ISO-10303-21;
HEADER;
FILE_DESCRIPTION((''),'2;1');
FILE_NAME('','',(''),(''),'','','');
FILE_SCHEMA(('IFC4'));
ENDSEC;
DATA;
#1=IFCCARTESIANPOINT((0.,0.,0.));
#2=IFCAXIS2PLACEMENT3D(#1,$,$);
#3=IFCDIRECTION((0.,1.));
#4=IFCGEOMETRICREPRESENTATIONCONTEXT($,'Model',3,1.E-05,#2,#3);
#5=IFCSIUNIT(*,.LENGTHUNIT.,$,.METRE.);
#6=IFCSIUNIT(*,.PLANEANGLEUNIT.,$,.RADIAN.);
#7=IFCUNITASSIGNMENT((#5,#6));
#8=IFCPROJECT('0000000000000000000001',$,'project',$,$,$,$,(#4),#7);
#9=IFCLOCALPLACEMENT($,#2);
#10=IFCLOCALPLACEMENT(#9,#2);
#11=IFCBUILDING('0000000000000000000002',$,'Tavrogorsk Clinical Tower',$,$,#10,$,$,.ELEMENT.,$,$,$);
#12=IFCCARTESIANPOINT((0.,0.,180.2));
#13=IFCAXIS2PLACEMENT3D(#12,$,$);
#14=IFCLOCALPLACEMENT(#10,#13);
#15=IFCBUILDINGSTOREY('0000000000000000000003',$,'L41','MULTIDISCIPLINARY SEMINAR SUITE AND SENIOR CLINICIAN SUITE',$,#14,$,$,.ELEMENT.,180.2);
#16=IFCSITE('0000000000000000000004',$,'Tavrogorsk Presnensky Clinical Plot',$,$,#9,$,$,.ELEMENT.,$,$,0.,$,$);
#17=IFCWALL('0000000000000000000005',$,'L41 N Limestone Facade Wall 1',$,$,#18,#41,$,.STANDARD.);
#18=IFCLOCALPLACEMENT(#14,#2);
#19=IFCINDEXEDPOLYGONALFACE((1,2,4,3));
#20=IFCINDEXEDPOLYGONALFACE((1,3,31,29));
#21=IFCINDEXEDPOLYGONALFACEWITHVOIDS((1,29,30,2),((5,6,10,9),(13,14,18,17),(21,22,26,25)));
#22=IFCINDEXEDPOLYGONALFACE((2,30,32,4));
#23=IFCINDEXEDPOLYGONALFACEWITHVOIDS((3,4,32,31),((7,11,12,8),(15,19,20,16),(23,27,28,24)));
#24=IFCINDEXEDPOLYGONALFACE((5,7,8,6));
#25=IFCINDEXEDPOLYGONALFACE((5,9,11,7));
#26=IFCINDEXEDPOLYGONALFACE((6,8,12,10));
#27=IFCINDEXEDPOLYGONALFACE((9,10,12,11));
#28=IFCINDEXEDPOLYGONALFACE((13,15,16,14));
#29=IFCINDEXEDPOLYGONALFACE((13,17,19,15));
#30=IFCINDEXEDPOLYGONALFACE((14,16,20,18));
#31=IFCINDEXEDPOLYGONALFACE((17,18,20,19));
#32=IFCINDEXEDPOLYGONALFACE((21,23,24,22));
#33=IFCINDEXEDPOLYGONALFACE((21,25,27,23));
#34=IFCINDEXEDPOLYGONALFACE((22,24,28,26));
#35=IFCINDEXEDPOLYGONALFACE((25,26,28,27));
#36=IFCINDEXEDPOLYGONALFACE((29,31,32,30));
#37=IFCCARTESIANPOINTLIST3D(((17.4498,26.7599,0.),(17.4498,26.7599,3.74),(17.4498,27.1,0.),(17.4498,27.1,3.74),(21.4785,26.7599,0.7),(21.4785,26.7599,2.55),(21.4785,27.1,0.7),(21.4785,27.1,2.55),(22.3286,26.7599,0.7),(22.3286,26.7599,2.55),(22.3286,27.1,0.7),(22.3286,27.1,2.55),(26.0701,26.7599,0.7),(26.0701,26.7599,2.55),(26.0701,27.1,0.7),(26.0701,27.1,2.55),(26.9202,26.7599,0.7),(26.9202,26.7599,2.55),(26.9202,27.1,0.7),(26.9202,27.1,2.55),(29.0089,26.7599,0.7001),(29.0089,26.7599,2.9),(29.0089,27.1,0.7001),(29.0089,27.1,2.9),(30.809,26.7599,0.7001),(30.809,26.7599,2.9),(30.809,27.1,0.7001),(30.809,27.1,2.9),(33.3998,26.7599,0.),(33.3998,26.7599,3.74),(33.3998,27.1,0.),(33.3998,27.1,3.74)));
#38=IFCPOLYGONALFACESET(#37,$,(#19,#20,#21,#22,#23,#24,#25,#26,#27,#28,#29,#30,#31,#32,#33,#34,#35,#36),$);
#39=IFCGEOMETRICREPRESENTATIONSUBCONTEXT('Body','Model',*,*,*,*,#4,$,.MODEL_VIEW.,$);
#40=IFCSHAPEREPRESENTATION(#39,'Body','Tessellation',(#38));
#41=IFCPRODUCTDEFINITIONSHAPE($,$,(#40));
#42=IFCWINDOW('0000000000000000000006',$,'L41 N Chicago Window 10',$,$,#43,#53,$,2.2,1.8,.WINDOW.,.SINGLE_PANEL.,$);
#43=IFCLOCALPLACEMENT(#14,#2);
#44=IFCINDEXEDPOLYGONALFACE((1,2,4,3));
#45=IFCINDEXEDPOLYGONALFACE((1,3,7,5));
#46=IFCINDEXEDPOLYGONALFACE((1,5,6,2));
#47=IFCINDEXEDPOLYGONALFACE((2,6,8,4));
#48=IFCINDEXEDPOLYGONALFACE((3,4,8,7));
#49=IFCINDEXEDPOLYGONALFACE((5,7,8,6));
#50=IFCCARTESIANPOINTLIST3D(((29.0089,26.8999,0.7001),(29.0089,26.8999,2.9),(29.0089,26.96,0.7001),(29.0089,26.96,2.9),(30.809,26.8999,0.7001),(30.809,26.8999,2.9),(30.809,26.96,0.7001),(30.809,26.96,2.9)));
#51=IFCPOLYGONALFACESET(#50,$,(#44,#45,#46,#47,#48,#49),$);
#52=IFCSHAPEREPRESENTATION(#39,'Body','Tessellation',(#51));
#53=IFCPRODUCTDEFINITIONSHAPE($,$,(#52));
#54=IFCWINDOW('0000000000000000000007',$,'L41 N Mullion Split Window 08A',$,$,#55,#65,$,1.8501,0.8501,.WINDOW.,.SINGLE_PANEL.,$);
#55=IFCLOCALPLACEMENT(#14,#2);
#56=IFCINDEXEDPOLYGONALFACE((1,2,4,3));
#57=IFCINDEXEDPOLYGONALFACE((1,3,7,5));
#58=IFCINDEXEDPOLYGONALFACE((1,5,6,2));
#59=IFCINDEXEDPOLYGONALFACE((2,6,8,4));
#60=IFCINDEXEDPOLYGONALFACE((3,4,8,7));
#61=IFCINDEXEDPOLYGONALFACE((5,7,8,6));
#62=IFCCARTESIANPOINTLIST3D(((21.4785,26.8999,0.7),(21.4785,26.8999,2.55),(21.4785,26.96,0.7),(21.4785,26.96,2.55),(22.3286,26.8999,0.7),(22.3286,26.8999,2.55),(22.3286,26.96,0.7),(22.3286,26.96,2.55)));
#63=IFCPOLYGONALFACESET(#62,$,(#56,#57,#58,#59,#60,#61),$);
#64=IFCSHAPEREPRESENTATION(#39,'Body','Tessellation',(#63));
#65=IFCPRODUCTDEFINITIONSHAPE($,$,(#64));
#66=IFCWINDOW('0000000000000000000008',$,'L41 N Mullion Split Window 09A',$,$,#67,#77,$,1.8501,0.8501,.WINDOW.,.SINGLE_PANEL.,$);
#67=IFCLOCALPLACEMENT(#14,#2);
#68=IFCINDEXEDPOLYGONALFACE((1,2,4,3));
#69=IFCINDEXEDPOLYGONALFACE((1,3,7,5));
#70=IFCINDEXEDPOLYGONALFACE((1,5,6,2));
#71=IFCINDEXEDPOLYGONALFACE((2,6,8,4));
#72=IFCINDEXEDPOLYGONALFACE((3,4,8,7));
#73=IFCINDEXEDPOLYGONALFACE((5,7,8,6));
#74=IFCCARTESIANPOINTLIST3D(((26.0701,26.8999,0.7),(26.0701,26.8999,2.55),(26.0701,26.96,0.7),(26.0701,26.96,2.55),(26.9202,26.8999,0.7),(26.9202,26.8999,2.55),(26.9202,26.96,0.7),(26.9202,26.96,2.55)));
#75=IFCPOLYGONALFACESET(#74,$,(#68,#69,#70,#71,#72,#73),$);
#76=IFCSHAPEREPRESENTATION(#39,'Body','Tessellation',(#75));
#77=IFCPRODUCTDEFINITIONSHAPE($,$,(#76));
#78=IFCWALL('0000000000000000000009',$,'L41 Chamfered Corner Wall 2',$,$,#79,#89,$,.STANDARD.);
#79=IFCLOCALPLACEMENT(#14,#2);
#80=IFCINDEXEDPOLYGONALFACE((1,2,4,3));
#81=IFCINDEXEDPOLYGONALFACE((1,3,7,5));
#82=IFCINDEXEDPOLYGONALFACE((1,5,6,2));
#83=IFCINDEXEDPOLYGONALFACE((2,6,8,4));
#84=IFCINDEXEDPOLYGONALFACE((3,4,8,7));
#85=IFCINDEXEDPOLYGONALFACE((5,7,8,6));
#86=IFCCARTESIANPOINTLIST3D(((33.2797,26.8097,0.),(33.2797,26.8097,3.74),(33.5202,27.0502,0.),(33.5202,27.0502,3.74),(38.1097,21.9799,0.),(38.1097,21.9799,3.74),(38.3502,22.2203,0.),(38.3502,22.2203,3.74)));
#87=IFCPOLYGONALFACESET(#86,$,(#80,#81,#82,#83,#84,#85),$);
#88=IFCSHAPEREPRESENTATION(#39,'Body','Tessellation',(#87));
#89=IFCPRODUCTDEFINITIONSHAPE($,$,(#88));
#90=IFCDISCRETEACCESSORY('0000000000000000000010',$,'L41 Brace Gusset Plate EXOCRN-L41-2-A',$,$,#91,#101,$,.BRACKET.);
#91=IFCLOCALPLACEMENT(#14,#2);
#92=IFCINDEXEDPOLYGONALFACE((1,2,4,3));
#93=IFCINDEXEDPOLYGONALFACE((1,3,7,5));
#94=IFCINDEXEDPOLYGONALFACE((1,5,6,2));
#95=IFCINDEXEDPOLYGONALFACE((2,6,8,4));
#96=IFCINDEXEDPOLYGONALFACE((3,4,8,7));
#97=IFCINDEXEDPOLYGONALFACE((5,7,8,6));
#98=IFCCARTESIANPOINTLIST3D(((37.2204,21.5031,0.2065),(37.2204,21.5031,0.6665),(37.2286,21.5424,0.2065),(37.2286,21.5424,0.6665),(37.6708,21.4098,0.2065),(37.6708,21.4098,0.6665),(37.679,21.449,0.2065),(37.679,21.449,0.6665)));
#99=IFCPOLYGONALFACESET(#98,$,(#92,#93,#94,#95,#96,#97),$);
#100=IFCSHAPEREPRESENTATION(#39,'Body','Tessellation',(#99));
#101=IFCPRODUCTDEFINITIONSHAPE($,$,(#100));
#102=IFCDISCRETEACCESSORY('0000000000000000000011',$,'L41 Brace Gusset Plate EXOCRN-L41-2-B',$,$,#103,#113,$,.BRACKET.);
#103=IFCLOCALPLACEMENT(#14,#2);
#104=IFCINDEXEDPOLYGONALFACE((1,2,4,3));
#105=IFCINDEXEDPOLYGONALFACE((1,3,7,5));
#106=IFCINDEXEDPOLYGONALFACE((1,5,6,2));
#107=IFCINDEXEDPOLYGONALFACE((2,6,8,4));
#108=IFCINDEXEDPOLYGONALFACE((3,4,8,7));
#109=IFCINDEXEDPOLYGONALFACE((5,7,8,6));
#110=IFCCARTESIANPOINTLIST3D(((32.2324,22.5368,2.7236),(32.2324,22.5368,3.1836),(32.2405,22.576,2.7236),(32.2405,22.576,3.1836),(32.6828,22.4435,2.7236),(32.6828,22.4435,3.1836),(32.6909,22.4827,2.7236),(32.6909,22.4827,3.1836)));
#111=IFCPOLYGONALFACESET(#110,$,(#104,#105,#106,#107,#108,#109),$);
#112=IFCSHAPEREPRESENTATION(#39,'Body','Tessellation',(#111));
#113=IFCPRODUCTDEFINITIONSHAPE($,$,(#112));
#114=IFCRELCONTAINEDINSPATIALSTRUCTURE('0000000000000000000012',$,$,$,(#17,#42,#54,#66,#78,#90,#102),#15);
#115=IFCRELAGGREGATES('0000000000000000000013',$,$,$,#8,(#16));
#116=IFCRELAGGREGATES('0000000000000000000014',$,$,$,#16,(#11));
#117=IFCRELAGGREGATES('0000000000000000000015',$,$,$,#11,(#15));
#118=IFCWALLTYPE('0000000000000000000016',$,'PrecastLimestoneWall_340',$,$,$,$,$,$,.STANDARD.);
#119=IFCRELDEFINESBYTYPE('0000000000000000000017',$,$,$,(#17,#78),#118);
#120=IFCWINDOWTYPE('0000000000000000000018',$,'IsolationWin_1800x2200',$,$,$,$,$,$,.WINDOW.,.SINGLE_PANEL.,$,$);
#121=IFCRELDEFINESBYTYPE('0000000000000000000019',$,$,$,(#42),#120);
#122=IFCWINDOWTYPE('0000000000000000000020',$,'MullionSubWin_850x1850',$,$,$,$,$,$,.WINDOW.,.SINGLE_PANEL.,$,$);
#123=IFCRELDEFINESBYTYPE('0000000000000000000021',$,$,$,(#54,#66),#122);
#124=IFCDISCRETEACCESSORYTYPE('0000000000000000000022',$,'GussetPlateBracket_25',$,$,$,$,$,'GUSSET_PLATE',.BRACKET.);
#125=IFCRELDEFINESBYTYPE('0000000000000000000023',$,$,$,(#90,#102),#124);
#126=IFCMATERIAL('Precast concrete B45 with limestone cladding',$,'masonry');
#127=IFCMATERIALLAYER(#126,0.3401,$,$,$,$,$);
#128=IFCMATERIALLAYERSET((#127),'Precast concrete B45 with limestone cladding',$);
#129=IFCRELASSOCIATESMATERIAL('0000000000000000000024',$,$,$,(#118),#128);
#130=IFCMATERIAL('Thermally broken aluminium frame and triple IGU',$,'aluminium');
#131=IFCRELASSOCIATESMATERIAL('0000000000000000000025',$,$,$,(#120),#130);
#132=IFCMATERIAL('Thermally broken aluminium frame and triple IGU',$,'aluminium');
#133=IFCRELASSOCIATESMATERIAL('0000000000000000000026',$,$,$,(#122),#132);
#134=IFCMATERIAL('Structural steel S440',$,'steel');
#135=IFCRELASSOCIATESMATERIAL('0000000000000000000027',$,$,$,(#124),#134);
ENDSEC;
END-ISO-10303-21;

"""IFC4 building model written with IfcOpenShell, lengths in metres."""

from ifc_helpers import new_model, si_unit, direction, frame, frame_2d, origin, origin_2d, place, context, subcontext, project, spatial, rectangle, extrude, material, layer, layer_set, type_object, element, fill, save


model = new_model("IFC4")

# Units and contexts
model_context = context("Model", 3, precision=1e-05, world=origin(), true_north=direction((0.0, 1.0)))
body_context = subcontext(model_context, "Body", "Model", "MODEL_VIEW")
ifc_project = project(units=[si_unit("LENGTHUNIT", "METRE"), si_unit("PLANEANGLEUNIT", "RADIAN")], contexts=[model_context])

# Site, building, storey
site_placement = place(None, origin())
site = spatial("IfcSite", under=ifc_project, at=site_placement, Name="Tavrogorsk Presnensky Clinical Plot", CompositionType="ELEMENT", RefElevation=0.0)
building_placement = place(site_placement, origin())
building = spatial("IfcBuilding", under=site, at=building_placement, Name="Tavrogorsk Clinical Tower", CompositionType="ELEMENT")
storey_placement = place(building_placement, frame((0.0, 0.0, 180.2)))
storey = spatial("IfcBuildingStorey", under=building, at=storey_placement, Name="L41", Description="MULTIDISCIPLINARY SEMINAR SUITE AND SENIOR CLINICIAN SUITE", CompositionType="ELEMENT", Elevation=180.2)

# Wall, openings, windows
ifc_material_1 = material(Name="Precast concrete B45 with limestone cladding", Category="masonry")
ifc_layer_1 = layer(ifc_material_1, 0.3401)
ifc_layer_set_1 = layer_set([ifc_layer_1], Name="Precast concrete B45 with limestone cladding")
wall_type_1 = type_object("IfcWallType", Name="PrecastLimestoneWall_340", PredefinedType="STANDARD", material=ifc_layer_set_1)
wall_1_placement = place(storey_placement, frame((33.3999, 26.9299, 0.0), z_axis=(0.0, 0.0, 1.0), x_axis=(-1.0, 0.0, 0.0)))
wall_1 = element("IfcWall", 1, at=wall_1_placement, inside=storey, type_object=wall_type_1, Name="L41 N Limestone Facade Wall 1", PredefinedType="STANDARD", context=body_context, shape_type="SweptSolid", body=[
    extrude(rectangle(XDim=15.95, YDim=0.3401, at=frame_2d((7.9751, 0.0))), origin(), (0.0, 0.0, 1.0), 3.74),
])
opening_1_placement = place(wall_1_placement, frame((11.0713, 0.0, 0.7)))
opening_1 = element("IfcOpeningElement", 2, at=opening_1_placement, cuts=wall_1, PredefinedType="OPENING", context=body_context, shape_type="SweptSolid", body=[
    extrude(rectangle(XDim=0.8501, YDim=1.8501, at=frame_2d((0.425, 0.925))), frame((0.0, 0.1799, 0.0), z_axis=(0.0, -1.0, 0.0), x_axis=(1.0, 0.0, 0.0)), (0.0, 0.0, 1.0), 0.3601),
])
opening_2_placement = place(wall_1_placement, frame((6.4797, 0.0, 0.7)))
opening_2 = element("IfcOpeningElement", 3, at=opening_2_placement, cuts=wall_1, PredefinedType="OPENING", context=body_context, shape_type="SweptSolid", body=[
    extrude(rectangle(XDim=0.8501, YDim=1.8501, at=frame_2d((0.425, 0.925))), frame((0.0, 0.1799, 0.0), z_axis=(0.0, -1.0, 0.0), x_axis=(1.0, 0.0, 0.0)), (0.0, 0.0, 1.0), 0.3601),
])
opening_3_placement = place(wall_1_placement, frame((2.5911, 0.0, 0.7)))
opening_3 = element("IfcOpeningElement", 4, at=opening_3_placement, cuts=wall_1, PredefinedType="OPENING", context=body_context, shape_type="SweptSolid", body=[
    extrude(rectangle(XDim=1.8, YDim=2.2, at=frame_2d((0.8999, 1.1001))), frame((0.0, 0.1799, 0.0), z_axis=(0.0, -1.0, 0.0), x_axis=(1.0, 0.0, 0.0)), (0.0, 0.0, 1.0), 0.3601),
])
ifc_material_2 = material(Name="Thermally broken aluminium frame and triple IGU", Category="aluminium")
window_type_1 = type_object("IfcWindowType", Name="IsolationWin_1800x2200", PartitioningType="SINGLE_PANEL", PredefinedType="WINDOW", material=ifc_material_2)
window_1_placement = place(opening_3_placement, origin())
window_1 = element("IfcWindow", 5, at=window_1_placement, inside=storey, type_object=window_type_1, Name="L41 N Chicago Window 10", OverallHeight=2.2, OverallWidth=1.8, PartitioningType="SINGLE_PANEL", PredefinedType="WINDOW", context=body_context, shape_type="SweptSolid", body=[
    extrude(rectangle(XDim=1.8, YDim=2.2, at=frame_2d((0.8999, 1.1001))), frame((0.0, 0.03, 0.0), z_axis=(0.0, -1.0, 0.0), x_axis=(1.0, 0.0, 0.0)), (0.0, 0.0, 1.0), 0.0601),
])
fill(opening_3, window_1)
ifc_material_3 = material(Name="Thermally broken aluminium frame and triple IGU", Category="aluminium")
window_type_2 = type_object("IfcWindowType", Name="MullionSubWin_850x1850", PartitioningType="SINGLE_PANEL", PredefinedType="WINDOW", material=ifc_material_3)
window_2_placement = place(opening_1_placement, origin())
window_2 = element("IfcWindow", 6, at=window_2_placement, inside=storey, type_object=window_type_2, Name="L41 N Mullion Split Window 08A", OverallHeight=1.8501, OverallWidth=0.8501, PartitioningType="SINGLE_PANEL", PredefinedType="WINDOW", context=body_context, shape_type="SweptSolid", body=[
    extrude(rectangle(XDim=0.8501, YDim=1.8501, at=frame_2d((0.425, 0.925))), frame((0.0, 0.03, 0.0), z_axis=(0.0, -1.0, 0.0), x_axis=(1.0, 0.0, 0.0)), (0.0, 0.0, 1.0), 0.0601),
])
fill(opening_1, window_2)
window_3_placement = place(opening_2_placement, origin())
window_3 = element("IfcWindow", 7, at=window_3_placement, inside=storey, type_object=window_type_2, Name="L41 N Mullion Split Window 09A", OverallHeight=1.8501, OverallWidth=0.8501, PartitioningType="SINGLE_PANEL", PredefinedType="WINDOW", context=body_context, shape_type="SweptSolid", body=[
    extrude(rectangle(XDim=0.8501, YDim=1.8501, at=frame_2d((0.425, 0.925))), frame((0.0, 0.03, 0.0), z_axis=(0.0, -1.0, 0.0), x_axis=(1.0, 0.0, 0.0)), (0.0, 0.0, 1.0), 0.0601),
])
fill(opening_2, window_3)

# Wall
wall_2_placement = place(storey_placement, frame((38.23, 22.1001, 0.0), z_axis=(0.0, 0.0, 1.0), x_axis=(-0.707125, 0.707089, 0.0)))
element("IfcWall", 8, at=wall_2_placement, inside=storey, type_object=wall_type_1, Name="L41 Chamfered Corner Wall 2", PredefinedType="STANDARD", context=body_context, shape_type="SweptSolid", body=[
    extrude(rectangle(XDim=6.8306, YDim=0.3401, at=frame_2d((3.4153, 0.0))), origin(), (0.0, 0.0, 1.0), 3.74),
])

# Discrete accessories
ifc_material_4 = material(Name="Structural steel S440", Category="steel")
discrete_accessory_type = type_object("IfcDiscreteAccessoryType", Name="GussetPlateBracket_25", ElementType="GUSSET_PLATE", PredefinedType="BRACKET", material=ifc_material_4)
for number, where, z_axis, x_axis, name in (
    (9, (37.4497, 21.4761, 0.2065), (0.0, 0.0, 1.0), (-0.979187, 0.202958, 0.0), "L41 Brace Gusset Plate EXOCRN-L41-2-A"),
    (10, (32.4617, 22.5098, 2.7236), (0.0, 0.0, 1.0), (-0.979187, 0.202958, 0.0), "L41 Brace Gusset Plate EXOCRN-L41-2-B"),
):
    element("IfcDiscreteAccessory", number, at=place(storey_placement, frame(where, z_axis=z_axis, x_axis=x_axis)), inside=storey, type_object=discrete_accessory_type, Name=name, PredefinedType="BRACKET", context=body_context, shape_type="SweptSolid", body=[
        extrude(rectangle(XDim=0.46, YDim=0.04, at=origin_2d()), origin(), (0.0, 0.0, 1.0), 0.46),
    ])

save(model, "model.ifc")
